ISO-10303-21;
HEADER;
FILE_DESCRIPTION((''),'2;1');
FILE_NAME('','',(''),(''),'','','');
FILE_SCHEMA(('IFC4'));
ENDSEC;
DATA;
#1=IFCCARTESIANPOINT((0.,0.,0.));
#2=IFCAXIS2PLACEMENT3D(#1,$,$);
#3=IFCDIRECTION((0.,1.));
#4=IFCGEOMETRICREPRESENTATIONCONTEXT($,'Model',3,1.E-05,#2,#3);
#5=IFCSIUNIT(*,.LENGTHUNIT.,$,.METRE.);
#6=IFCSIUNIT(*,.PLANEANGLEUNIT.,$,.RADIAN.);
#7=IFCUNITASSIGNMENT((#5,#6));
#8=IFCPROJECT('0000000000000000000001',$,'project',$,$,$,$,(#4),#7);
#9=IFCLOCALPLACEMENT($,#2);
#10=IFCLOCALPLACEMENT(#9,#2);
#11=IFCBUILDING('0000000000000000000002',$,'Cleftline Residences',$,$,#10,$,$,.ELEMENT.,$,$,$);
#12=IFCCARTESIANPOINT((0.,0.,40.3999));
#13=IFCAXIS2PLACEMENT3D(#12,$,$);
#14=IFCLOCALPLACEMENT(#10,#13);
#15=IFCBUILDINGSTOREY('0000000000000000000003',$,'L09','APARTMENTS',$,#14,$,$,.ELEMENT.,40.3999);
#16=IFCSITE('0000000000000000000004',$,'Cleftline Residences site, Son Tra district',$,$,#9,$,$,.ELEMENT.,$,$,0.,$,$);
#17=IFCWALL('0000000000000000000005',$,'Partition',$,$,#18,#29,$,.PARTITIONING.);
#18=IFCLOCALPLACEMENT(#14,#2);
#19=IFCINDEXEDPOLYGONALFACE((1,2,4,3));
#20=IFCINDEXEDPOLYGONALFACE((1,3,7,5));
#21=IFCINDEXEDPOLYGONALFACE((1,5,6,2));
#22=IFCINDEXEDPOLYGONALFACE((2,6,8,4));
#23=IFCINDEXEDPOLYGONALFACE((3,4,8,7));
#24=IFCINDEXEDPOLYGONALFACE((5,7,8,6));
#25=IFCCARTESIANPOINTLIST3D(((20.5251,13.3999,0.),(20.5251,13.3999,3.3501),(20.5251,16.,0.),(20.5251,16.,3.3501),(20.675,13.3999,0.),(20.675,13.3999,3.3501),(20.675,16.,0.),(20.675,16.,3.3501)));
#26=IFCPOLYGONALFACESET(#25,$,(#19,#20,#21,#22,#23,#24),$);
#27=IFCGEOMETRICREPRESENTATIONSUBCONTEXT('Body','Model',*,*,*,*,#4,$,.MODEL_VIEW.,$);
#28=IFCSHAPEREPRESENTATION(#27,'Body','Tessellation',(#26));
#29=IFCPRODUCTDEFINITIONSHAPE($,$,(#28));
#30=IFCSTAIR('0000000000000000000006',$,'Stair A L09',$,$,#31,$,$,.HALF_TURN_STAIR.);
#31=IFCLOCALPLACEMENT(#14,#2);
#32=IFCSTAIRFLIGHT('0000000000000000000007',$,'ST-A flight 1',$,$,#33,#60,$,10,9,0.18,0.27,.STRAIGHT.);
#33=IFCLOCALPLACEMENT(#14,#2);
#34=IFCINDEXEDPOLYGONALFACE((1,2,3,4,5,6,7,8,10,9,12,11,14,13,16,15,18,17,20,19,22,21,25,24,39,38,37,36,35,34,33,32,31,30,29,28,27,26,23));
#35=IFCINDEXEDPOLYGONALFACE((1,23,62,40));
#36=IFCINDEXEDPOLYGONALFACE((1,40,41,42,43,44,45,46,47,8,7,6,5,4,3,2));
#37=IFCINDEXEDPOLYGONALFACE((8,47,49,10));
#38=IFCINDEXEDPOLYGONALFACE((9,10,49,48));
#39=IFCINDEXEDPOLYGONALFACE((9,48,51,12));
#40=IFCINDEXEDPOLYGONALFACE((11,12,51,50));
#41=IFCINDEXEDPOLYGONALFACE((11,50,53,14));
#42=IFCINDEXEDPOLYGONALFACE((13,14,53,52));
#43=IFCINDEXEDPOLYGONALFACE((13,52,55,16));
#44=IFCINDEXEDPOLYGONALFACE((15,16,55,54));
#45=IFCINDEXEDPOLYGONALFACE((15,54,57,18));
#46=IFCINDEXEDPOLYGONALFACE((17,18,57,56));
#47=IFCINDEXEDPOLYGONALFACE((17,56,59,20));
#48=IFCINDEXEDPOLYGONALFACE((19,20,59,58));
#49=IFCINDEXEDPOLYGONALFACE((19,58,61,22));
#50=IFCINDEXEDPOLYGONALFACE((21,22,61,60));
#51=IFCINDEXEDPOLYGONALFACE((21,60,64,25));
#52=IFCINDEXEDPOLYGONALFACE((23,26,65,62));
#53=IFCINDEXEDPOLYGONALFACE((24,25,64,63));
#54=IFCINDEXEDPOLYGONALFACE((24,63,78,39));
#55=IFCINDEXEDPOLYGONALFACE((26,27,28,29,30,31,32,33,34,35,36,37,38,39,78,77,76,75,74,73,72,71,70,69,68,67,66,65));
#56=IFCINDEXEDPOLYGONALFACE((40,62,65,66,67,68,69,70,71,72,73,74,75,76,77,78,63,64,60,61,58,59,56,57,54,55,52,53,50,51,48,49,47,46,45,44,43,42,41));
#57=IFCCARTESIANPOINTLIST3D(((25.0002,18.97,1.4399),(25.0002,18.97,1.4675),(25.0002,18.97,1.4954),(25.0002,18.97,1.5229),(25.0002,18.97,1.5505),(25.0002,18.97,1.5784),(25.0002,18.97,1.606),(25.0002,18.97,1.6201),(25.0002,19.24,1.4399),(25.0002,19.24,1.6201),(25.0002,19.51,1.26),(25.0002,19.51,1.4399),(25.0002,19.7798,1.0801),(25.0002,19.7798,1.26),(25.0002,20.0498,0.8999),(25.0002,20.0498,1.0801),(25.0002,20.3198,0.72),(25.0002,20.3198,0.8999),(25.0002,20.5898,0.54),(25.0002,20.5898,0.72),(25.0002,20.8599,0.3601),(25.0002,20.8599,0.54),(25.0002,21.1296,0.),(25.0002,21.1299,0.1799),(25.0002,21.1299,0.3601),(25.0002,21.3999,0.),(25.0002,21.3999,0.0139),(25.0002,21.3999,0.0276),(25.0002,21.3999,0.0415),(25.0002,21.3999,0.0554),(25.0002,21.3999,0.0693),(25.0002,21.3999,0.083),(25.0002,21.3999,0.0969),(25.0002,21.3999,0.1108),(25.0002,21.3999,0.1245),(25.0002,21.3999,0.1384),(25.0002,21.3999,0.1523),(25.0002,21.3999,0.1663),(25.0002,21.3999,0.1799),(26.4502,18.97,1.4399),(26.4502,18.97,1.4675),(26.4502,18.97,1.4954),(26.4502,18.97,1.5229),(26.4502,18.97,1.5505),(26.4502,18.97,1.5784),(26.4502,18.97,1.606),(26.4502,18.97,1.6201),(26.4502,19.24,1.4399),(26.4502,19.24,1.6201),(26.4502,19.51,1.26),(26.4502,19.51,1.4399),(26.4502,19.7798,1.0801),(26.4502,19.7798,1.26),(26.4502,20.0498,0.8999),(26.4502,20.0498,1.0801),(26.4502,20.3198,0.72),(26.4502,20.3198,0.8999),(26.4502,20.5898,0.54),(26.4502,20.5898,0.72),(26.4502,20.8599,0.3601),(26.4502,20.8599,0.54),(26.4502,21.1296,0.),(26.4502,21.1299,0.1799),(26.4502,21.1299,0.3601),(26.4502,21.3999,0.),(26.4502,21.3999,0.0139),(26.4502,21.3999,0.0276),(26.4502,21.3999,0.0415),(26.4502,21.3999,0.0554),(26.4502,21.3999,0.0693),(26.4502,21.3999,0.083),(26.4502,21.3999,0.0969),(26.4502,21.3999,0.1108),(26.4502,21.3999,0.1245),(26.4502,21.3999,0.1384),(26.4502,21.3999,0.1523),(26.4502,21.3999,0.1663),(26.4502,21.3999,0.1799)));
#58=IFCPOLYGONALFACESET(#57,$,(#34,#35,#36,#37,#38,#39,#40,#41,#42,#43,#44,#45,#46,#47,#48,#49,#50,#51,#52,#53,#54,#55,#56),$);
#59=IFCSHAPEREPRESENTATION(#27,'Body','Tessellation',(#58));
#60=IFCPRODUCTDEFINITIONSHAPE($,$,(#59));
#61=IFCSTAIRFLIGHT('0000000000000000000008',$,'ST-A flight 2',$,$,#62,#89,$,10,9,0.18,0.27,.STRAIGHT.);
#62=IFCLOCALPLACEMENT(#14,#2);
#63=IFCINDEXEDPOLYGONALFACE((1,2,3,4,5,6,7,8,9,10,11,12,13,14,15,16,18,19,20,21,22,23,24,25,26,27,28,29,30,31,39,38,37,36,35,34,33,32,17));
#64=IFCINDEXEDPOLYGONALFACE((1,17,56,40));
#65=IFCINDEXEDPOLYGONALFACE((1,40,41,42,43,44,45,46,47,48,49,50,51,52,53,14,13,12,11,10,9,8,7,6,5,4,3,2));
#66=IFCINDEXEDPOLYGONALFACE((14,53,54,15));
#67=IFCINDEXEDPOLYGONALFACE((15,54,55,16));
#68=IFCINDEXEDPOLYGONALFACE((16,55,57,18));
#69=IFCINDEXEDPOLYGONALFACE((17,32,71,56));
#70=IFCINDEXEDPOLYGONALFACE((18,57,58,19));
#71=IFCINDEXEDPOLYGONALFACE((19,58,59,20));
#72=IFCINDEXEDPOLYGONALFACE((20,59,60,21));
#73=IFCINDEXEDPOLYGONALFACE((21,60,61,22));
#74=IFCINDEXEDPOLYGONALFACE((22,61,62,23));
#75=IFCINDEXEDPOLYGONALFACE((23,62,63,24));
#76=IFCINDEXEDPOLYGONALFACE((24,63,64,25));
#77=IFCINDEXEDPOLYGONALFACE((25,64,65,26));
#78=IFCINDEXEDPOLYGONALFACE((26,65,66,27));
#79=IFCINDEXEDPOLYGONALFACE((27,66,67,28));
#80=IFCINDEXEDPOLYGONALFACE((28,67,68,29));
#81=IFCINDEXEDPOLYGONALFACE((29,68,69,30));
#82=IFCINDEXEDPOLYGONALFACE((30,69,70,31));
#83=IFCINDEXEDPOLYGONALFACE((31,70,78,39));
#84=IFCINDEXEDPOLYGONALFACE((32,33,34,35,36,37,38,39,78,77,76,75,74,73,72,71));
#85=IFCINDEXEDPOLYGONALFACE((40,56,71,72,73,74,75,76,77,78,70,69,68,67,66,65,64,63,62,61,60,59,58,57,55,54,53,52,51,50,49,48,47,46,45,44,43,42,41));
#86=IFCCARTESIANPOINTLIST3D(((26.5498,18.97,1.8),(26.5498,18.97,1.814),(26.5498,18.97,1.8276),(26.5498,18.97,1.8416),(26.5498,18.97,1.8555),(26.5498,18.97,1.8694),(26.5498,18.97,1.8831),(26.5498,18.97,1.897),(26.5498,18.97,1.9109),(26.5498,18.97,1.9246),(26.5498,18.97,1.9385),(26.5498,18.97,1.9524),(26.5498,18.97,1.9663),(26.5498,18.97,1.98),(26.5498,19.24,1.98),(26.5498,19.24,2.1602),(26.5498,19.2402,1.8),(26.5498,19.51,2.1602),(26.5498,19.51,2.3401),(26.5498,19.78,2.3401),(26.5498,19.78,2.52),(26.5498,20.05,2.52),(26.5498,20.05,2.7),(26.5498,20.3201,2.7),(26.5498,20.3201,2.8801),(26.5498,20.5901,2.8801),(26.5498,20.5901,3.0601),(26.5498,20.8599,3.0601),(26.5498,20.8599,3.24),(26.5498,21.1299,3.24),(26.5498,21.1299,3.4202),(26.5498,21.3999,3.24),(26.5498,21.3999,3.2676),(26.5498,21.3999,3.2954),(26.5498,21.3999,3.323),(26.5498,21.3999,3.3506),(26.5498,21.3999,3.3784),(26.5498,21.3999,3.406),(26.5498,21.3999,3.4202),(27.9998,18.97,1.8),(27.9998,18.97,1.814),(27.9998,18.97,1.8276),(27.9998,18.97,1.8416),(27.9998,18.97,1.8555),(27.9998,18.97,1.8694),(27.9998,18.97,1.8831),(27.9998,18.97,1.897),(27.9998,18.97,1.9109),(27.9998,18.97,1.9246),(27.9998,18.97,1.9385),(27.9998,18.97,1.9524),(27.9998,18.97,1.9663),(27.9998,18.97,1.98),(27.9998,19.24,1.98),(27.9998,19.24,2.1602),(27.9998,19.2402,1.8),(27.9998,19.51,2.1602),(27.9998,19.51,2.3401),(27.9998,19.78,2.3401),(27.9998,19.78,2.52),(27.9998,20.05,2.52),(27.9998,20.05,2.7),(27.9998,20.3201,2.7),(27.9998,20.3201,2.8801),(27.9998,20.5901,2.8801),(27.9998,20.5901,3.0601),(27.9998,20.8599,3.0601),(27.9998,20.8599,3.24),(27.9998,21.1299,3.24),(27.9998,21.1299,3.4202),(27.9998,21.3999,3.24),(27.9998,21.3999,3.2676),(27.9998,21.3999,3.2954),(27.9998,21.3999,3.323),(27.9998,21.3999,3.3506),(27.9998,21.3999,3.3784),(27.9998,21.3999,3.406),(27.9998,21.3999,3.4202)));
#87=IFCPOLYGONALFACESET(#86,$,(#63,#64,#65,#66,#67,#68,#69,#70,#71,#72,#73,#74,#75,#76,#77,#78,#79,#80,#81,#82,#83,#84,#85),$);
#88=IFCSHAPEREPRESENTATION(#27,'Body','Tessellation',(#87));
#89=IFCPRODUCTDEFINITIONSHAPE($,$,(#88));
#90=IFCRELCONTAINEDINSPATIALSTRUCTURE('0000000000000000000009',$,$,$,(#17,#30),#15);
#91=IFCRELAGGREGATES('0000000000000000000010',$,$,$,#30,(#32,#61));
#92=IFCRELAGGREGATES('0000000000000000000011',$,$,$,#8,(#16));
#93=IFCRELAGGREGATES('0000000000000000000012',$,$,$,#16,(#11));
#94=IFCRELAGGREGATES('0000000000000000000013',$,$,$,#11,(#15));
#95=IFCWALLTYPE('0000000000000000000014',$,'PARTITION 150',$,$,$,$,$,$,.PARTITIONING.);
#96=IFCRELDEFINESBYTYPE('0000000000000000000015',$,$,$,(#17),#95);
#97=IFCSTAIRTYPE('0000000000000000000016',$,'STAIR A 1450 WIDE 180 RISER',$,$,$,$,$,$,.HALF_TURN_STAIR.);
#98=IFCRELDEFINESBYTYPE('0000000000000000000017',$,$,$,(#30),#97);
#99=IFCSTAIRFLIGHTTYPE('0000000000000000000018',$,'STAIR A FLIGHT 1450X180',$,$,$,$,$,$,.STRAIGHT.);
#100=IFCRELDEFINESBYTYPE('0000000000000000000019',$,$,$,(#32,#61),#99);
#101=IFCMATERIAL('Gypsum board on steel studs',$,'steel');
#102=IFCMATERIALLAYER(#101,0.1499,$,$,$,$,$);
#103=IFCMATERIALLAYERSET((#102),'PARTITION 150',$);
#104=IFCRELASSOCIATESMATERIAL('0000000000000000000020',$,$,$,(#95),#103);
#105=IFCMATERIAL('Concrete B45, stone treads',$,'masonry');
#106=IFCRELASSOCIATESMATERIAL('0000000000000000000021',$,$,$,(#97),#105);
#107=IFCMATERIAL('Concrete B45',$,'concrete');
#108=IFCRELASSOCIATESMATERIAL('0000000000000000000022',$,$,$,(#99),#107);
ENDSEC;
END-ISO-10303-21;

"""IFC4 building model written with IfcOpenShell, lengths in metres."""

from ifc_helpers import new_model, si_unit, direction, frame, frame_2d, origin, place, context, subcontext, project, spatial, polyline, rectangle, outline, extrude, material, layer, layer_set, type_object, element, aggregate, save


model = new_model("IFC4")

# Units and contexts
model_context = context("Model", 3, precision=1e-05, world=origin(), true_north=direction((0.0, 1.0)))
body_context = subcontext(model_context, "Body", "Model", "MODEL_VIEW")
ifc_project = project(units=[si_unit("LENGTHUNIT", "METRE"), si_unit("PLANEANGLEUNIT", "RADIAN")], contexts=[model_context])

# Site, building, storey
site_placement = place(None, origin())
site = spatial("IfcSite", under=ifc_project, at=site_placement, Name="Cleftline Residences site, Son Tra district", CompositionType="ELEMENT", RefElevation=0.0)
building_placement = place(site_placement, origin())
building = spatial("IfcBuilding", under=site, at=building_placement, Name="Cleftline Residences", CompositionType="ELEMENT")
storey_placement = place(building_placement, frame((0.0, 0.0, 40.3999)))
storey = spatial("IfcBuildingStorey", under=building, at=storey_placement, Name="L09", Description="APARTMENTS", CompositionType="ELEMENT", Elevation=40.3999)

# Shared definitions
ifc_material_1 = material(Name="Gypsum board on steel studs", Category="steel")
ifc_layer_1 = layer(ifc_material_1, 0.1499)
ifc_layer_set_1 = layer_set([ifc_layer_1], Name="PARTITION 150")
wall_type_1 = type_object("IfcWallType", Name="PARTITION 150", PredefinedType="PARTITIONING", material=ifc_layer_set_1)

# Wall
wall_1_placement = place(storey_placement, frame((20.6001, 13.3999, 0.0), z_axis=(0.0, 0.0, 1.0), x_axis=(0.0, 1.0, 0.0)))
element("IfcWall", 1, at=wall_1_placement, inside=storey, type_object=wall_type_1, Name="Partition", PredefinedType="PARTITIONING", context=body_context, shape_type="SweptSolid", body=[
    extrude(rectangle(XDim=2.6001, YDim=0.1499, at=frame_2d((1.3, 0.0))), origin(), (0.0, 0.0, 1.0), 3.3501),
])

# Stair, stair flights
ifc_material_2 = material(Name="Concrete B45, stone treads", Category="masonry")
stair_type = type_object("IfcStairType", Name="STAIR A 1450 WIDE 180 RISER", PredefinedType="HALF_TURN_STAIR", material=ifc_material_2)
stair_placement = place(storey_placement, origin())
stair = element("IfcStair", 2, at=stair_placement, inside=storey, type_object=stair_type, Name="Stair A L09", PredefinedType="HALF_TURN_STAIR")
ifc_material_3 = material(Name="Concrete B45", Category="concrete")
stair_flight_type = type_object("IfcStairFlightType", Name="STAIR A FLIGHT 1450X180", PredefinedType="STRAIGHT", material=ifc_material_3)
stair_flight_1_placement = place(storey_placement, frame((25.7251, 21.3999, 0.0), z_axis=(0.0, 0.0, 1.0), x_axis=(0.0, -1.0, 0.0)))
stair_flight_1 = element("IfcStairFlight", 3, at=stair_flight_1_placement, type_object=stair_flight_type, Name="ST-A flight 1", NumberOfRisers=10, NumberOfTreads=9, PredefinedType="STRAIGHT", RiserHeight=0.18, TreadLength=0.27, context=body_context, shape_type="SweptSolid", body=[
    extrude(outline(polyline([(0.0, 0.0), (0.0, 0.0139), (0.0, 0.0276), (0.0, 0.0415), (0.0, 0.0554), (0.0, 0.0693), (0.0, 0.083), (0.0, 0.0969), (0.0, 0.1108), (0.0, 0.1245), (0.0, 0.1384), (0.0, 0.1523), (0.0, 0.1663), (0.0, 0.1799), (0.27, 0.1799), (0.27, 0.3601), (0.54, 0.3601), (0.54, 0.54), (0.8101, 0.54), (0.8101, 0.72), (1.0801, 0.72), (1.0801, 0.8999), (1.3501, 0.8999), (1.3501, 1.0801), (1.6201, 1.0801), (1.6201, 1.26), (1.8899, 1.26), (1.8899, 1.4399), (2.1599, 1.4399), (2.1599, 1.6201), (2.4299, 1.6201), (2.4299, 1.8), (2.4299, 1.7722), (2.4299, 1.7446), (2.4299, 1.7168), (2.4299, 1.6892), (2.4299, 1.6614), (2.4299, 1.6338), (2.4299, 1.606), (2.4299, 1.5784), (2.4299, 1.5505), (2.4299, 1.5229), (2.4299, 1.4954), (2.4299, 1.4675), (2.4299, 1.4399), (0.2703, 0.0), (0.0, 0.0)])), frame((0.0, 0.7251, 0.0), z_axis=(0.0, -1.0, 0.0), x_axis=(1.0, 0.0, 0.0)), (0.0, 0.0, 1.0), 1.45),
])
stair_flight_2_placement = place(storey_placement, frame((27.2749, 18.97, 1.8), z_axis=(0.0, 0.0, 1.0), x_axis=(0.0, 1.0, 0.0)))
stair_flight_2 = element("IfcStairFlight", 4, at=stair_flight_2_placement, type_object=stair_flight_type, Name="ST-A flight 2", NumberOfRisers=10, NumberOfTreads=9, PredefinedType="STRAIGHT", RiserHeight=0.18, TreadLength=0.27, context=body_context, shape_type="SweptSolid", body=[
    extrude(outline(polyline([(0.0, 0.0), (0.0, 0.0139), (0.0, 0.0276), (0.0, 0.0415), (0.0, 0.0554), (0.0, 0.0693), (0.0, 0.083), (0.0, 0.0969), (0.0, 0.1108), (0.0, 0.1245), (0.0, 0.1384), (0.0, 0.1523), (0.0, 0.1663), (0.0, 0.1799), (0.27, 0.1799), (0.27, 0.3601), (0.54, 0.3601), (0.54, 0.54), (0.8101, 0.54), (0.8101, 0.72), (1.0801, 0.72), (1.0801, 0.8999), (1.3501, 0.8999), (1.3501, 1.0801), (1.6201, 1.0801), (1.6201, 1.26), (1.8899, 1.26), (1.8899, 1.4399), (2.1599, 1.4399), (2.1599, 1.6201), (2.4299, 1.6201), (2.4299, 1.8), (2.4299, 1.7722), (2.4299, 1.7446), (2.4299, 1.7168), (2.4299, 1.6892), (2.4299, 1.6614), (2.4299, 1.6338), (2.4299, 1.606), (2.4299, 1.5784), (2.4299, 1.5505), (2.4299, 1.5229), (2.4299, 1.4954), (2.4299, 1.4675), (2.4299, 1.4399), (0.2703, 0.0), (0.0, 0.0)])), frame((0.0, 0.7251, 0.0), z_axis=(0.0, -1.0, 0.0), x_axis=(1.0, 0.0, 0.0)), (0.0, 0.0, 1.0), 1.45),
])
aggregate(stair, [stair_flight_1, stair_flight_2])

save(model, "model.ifc")
